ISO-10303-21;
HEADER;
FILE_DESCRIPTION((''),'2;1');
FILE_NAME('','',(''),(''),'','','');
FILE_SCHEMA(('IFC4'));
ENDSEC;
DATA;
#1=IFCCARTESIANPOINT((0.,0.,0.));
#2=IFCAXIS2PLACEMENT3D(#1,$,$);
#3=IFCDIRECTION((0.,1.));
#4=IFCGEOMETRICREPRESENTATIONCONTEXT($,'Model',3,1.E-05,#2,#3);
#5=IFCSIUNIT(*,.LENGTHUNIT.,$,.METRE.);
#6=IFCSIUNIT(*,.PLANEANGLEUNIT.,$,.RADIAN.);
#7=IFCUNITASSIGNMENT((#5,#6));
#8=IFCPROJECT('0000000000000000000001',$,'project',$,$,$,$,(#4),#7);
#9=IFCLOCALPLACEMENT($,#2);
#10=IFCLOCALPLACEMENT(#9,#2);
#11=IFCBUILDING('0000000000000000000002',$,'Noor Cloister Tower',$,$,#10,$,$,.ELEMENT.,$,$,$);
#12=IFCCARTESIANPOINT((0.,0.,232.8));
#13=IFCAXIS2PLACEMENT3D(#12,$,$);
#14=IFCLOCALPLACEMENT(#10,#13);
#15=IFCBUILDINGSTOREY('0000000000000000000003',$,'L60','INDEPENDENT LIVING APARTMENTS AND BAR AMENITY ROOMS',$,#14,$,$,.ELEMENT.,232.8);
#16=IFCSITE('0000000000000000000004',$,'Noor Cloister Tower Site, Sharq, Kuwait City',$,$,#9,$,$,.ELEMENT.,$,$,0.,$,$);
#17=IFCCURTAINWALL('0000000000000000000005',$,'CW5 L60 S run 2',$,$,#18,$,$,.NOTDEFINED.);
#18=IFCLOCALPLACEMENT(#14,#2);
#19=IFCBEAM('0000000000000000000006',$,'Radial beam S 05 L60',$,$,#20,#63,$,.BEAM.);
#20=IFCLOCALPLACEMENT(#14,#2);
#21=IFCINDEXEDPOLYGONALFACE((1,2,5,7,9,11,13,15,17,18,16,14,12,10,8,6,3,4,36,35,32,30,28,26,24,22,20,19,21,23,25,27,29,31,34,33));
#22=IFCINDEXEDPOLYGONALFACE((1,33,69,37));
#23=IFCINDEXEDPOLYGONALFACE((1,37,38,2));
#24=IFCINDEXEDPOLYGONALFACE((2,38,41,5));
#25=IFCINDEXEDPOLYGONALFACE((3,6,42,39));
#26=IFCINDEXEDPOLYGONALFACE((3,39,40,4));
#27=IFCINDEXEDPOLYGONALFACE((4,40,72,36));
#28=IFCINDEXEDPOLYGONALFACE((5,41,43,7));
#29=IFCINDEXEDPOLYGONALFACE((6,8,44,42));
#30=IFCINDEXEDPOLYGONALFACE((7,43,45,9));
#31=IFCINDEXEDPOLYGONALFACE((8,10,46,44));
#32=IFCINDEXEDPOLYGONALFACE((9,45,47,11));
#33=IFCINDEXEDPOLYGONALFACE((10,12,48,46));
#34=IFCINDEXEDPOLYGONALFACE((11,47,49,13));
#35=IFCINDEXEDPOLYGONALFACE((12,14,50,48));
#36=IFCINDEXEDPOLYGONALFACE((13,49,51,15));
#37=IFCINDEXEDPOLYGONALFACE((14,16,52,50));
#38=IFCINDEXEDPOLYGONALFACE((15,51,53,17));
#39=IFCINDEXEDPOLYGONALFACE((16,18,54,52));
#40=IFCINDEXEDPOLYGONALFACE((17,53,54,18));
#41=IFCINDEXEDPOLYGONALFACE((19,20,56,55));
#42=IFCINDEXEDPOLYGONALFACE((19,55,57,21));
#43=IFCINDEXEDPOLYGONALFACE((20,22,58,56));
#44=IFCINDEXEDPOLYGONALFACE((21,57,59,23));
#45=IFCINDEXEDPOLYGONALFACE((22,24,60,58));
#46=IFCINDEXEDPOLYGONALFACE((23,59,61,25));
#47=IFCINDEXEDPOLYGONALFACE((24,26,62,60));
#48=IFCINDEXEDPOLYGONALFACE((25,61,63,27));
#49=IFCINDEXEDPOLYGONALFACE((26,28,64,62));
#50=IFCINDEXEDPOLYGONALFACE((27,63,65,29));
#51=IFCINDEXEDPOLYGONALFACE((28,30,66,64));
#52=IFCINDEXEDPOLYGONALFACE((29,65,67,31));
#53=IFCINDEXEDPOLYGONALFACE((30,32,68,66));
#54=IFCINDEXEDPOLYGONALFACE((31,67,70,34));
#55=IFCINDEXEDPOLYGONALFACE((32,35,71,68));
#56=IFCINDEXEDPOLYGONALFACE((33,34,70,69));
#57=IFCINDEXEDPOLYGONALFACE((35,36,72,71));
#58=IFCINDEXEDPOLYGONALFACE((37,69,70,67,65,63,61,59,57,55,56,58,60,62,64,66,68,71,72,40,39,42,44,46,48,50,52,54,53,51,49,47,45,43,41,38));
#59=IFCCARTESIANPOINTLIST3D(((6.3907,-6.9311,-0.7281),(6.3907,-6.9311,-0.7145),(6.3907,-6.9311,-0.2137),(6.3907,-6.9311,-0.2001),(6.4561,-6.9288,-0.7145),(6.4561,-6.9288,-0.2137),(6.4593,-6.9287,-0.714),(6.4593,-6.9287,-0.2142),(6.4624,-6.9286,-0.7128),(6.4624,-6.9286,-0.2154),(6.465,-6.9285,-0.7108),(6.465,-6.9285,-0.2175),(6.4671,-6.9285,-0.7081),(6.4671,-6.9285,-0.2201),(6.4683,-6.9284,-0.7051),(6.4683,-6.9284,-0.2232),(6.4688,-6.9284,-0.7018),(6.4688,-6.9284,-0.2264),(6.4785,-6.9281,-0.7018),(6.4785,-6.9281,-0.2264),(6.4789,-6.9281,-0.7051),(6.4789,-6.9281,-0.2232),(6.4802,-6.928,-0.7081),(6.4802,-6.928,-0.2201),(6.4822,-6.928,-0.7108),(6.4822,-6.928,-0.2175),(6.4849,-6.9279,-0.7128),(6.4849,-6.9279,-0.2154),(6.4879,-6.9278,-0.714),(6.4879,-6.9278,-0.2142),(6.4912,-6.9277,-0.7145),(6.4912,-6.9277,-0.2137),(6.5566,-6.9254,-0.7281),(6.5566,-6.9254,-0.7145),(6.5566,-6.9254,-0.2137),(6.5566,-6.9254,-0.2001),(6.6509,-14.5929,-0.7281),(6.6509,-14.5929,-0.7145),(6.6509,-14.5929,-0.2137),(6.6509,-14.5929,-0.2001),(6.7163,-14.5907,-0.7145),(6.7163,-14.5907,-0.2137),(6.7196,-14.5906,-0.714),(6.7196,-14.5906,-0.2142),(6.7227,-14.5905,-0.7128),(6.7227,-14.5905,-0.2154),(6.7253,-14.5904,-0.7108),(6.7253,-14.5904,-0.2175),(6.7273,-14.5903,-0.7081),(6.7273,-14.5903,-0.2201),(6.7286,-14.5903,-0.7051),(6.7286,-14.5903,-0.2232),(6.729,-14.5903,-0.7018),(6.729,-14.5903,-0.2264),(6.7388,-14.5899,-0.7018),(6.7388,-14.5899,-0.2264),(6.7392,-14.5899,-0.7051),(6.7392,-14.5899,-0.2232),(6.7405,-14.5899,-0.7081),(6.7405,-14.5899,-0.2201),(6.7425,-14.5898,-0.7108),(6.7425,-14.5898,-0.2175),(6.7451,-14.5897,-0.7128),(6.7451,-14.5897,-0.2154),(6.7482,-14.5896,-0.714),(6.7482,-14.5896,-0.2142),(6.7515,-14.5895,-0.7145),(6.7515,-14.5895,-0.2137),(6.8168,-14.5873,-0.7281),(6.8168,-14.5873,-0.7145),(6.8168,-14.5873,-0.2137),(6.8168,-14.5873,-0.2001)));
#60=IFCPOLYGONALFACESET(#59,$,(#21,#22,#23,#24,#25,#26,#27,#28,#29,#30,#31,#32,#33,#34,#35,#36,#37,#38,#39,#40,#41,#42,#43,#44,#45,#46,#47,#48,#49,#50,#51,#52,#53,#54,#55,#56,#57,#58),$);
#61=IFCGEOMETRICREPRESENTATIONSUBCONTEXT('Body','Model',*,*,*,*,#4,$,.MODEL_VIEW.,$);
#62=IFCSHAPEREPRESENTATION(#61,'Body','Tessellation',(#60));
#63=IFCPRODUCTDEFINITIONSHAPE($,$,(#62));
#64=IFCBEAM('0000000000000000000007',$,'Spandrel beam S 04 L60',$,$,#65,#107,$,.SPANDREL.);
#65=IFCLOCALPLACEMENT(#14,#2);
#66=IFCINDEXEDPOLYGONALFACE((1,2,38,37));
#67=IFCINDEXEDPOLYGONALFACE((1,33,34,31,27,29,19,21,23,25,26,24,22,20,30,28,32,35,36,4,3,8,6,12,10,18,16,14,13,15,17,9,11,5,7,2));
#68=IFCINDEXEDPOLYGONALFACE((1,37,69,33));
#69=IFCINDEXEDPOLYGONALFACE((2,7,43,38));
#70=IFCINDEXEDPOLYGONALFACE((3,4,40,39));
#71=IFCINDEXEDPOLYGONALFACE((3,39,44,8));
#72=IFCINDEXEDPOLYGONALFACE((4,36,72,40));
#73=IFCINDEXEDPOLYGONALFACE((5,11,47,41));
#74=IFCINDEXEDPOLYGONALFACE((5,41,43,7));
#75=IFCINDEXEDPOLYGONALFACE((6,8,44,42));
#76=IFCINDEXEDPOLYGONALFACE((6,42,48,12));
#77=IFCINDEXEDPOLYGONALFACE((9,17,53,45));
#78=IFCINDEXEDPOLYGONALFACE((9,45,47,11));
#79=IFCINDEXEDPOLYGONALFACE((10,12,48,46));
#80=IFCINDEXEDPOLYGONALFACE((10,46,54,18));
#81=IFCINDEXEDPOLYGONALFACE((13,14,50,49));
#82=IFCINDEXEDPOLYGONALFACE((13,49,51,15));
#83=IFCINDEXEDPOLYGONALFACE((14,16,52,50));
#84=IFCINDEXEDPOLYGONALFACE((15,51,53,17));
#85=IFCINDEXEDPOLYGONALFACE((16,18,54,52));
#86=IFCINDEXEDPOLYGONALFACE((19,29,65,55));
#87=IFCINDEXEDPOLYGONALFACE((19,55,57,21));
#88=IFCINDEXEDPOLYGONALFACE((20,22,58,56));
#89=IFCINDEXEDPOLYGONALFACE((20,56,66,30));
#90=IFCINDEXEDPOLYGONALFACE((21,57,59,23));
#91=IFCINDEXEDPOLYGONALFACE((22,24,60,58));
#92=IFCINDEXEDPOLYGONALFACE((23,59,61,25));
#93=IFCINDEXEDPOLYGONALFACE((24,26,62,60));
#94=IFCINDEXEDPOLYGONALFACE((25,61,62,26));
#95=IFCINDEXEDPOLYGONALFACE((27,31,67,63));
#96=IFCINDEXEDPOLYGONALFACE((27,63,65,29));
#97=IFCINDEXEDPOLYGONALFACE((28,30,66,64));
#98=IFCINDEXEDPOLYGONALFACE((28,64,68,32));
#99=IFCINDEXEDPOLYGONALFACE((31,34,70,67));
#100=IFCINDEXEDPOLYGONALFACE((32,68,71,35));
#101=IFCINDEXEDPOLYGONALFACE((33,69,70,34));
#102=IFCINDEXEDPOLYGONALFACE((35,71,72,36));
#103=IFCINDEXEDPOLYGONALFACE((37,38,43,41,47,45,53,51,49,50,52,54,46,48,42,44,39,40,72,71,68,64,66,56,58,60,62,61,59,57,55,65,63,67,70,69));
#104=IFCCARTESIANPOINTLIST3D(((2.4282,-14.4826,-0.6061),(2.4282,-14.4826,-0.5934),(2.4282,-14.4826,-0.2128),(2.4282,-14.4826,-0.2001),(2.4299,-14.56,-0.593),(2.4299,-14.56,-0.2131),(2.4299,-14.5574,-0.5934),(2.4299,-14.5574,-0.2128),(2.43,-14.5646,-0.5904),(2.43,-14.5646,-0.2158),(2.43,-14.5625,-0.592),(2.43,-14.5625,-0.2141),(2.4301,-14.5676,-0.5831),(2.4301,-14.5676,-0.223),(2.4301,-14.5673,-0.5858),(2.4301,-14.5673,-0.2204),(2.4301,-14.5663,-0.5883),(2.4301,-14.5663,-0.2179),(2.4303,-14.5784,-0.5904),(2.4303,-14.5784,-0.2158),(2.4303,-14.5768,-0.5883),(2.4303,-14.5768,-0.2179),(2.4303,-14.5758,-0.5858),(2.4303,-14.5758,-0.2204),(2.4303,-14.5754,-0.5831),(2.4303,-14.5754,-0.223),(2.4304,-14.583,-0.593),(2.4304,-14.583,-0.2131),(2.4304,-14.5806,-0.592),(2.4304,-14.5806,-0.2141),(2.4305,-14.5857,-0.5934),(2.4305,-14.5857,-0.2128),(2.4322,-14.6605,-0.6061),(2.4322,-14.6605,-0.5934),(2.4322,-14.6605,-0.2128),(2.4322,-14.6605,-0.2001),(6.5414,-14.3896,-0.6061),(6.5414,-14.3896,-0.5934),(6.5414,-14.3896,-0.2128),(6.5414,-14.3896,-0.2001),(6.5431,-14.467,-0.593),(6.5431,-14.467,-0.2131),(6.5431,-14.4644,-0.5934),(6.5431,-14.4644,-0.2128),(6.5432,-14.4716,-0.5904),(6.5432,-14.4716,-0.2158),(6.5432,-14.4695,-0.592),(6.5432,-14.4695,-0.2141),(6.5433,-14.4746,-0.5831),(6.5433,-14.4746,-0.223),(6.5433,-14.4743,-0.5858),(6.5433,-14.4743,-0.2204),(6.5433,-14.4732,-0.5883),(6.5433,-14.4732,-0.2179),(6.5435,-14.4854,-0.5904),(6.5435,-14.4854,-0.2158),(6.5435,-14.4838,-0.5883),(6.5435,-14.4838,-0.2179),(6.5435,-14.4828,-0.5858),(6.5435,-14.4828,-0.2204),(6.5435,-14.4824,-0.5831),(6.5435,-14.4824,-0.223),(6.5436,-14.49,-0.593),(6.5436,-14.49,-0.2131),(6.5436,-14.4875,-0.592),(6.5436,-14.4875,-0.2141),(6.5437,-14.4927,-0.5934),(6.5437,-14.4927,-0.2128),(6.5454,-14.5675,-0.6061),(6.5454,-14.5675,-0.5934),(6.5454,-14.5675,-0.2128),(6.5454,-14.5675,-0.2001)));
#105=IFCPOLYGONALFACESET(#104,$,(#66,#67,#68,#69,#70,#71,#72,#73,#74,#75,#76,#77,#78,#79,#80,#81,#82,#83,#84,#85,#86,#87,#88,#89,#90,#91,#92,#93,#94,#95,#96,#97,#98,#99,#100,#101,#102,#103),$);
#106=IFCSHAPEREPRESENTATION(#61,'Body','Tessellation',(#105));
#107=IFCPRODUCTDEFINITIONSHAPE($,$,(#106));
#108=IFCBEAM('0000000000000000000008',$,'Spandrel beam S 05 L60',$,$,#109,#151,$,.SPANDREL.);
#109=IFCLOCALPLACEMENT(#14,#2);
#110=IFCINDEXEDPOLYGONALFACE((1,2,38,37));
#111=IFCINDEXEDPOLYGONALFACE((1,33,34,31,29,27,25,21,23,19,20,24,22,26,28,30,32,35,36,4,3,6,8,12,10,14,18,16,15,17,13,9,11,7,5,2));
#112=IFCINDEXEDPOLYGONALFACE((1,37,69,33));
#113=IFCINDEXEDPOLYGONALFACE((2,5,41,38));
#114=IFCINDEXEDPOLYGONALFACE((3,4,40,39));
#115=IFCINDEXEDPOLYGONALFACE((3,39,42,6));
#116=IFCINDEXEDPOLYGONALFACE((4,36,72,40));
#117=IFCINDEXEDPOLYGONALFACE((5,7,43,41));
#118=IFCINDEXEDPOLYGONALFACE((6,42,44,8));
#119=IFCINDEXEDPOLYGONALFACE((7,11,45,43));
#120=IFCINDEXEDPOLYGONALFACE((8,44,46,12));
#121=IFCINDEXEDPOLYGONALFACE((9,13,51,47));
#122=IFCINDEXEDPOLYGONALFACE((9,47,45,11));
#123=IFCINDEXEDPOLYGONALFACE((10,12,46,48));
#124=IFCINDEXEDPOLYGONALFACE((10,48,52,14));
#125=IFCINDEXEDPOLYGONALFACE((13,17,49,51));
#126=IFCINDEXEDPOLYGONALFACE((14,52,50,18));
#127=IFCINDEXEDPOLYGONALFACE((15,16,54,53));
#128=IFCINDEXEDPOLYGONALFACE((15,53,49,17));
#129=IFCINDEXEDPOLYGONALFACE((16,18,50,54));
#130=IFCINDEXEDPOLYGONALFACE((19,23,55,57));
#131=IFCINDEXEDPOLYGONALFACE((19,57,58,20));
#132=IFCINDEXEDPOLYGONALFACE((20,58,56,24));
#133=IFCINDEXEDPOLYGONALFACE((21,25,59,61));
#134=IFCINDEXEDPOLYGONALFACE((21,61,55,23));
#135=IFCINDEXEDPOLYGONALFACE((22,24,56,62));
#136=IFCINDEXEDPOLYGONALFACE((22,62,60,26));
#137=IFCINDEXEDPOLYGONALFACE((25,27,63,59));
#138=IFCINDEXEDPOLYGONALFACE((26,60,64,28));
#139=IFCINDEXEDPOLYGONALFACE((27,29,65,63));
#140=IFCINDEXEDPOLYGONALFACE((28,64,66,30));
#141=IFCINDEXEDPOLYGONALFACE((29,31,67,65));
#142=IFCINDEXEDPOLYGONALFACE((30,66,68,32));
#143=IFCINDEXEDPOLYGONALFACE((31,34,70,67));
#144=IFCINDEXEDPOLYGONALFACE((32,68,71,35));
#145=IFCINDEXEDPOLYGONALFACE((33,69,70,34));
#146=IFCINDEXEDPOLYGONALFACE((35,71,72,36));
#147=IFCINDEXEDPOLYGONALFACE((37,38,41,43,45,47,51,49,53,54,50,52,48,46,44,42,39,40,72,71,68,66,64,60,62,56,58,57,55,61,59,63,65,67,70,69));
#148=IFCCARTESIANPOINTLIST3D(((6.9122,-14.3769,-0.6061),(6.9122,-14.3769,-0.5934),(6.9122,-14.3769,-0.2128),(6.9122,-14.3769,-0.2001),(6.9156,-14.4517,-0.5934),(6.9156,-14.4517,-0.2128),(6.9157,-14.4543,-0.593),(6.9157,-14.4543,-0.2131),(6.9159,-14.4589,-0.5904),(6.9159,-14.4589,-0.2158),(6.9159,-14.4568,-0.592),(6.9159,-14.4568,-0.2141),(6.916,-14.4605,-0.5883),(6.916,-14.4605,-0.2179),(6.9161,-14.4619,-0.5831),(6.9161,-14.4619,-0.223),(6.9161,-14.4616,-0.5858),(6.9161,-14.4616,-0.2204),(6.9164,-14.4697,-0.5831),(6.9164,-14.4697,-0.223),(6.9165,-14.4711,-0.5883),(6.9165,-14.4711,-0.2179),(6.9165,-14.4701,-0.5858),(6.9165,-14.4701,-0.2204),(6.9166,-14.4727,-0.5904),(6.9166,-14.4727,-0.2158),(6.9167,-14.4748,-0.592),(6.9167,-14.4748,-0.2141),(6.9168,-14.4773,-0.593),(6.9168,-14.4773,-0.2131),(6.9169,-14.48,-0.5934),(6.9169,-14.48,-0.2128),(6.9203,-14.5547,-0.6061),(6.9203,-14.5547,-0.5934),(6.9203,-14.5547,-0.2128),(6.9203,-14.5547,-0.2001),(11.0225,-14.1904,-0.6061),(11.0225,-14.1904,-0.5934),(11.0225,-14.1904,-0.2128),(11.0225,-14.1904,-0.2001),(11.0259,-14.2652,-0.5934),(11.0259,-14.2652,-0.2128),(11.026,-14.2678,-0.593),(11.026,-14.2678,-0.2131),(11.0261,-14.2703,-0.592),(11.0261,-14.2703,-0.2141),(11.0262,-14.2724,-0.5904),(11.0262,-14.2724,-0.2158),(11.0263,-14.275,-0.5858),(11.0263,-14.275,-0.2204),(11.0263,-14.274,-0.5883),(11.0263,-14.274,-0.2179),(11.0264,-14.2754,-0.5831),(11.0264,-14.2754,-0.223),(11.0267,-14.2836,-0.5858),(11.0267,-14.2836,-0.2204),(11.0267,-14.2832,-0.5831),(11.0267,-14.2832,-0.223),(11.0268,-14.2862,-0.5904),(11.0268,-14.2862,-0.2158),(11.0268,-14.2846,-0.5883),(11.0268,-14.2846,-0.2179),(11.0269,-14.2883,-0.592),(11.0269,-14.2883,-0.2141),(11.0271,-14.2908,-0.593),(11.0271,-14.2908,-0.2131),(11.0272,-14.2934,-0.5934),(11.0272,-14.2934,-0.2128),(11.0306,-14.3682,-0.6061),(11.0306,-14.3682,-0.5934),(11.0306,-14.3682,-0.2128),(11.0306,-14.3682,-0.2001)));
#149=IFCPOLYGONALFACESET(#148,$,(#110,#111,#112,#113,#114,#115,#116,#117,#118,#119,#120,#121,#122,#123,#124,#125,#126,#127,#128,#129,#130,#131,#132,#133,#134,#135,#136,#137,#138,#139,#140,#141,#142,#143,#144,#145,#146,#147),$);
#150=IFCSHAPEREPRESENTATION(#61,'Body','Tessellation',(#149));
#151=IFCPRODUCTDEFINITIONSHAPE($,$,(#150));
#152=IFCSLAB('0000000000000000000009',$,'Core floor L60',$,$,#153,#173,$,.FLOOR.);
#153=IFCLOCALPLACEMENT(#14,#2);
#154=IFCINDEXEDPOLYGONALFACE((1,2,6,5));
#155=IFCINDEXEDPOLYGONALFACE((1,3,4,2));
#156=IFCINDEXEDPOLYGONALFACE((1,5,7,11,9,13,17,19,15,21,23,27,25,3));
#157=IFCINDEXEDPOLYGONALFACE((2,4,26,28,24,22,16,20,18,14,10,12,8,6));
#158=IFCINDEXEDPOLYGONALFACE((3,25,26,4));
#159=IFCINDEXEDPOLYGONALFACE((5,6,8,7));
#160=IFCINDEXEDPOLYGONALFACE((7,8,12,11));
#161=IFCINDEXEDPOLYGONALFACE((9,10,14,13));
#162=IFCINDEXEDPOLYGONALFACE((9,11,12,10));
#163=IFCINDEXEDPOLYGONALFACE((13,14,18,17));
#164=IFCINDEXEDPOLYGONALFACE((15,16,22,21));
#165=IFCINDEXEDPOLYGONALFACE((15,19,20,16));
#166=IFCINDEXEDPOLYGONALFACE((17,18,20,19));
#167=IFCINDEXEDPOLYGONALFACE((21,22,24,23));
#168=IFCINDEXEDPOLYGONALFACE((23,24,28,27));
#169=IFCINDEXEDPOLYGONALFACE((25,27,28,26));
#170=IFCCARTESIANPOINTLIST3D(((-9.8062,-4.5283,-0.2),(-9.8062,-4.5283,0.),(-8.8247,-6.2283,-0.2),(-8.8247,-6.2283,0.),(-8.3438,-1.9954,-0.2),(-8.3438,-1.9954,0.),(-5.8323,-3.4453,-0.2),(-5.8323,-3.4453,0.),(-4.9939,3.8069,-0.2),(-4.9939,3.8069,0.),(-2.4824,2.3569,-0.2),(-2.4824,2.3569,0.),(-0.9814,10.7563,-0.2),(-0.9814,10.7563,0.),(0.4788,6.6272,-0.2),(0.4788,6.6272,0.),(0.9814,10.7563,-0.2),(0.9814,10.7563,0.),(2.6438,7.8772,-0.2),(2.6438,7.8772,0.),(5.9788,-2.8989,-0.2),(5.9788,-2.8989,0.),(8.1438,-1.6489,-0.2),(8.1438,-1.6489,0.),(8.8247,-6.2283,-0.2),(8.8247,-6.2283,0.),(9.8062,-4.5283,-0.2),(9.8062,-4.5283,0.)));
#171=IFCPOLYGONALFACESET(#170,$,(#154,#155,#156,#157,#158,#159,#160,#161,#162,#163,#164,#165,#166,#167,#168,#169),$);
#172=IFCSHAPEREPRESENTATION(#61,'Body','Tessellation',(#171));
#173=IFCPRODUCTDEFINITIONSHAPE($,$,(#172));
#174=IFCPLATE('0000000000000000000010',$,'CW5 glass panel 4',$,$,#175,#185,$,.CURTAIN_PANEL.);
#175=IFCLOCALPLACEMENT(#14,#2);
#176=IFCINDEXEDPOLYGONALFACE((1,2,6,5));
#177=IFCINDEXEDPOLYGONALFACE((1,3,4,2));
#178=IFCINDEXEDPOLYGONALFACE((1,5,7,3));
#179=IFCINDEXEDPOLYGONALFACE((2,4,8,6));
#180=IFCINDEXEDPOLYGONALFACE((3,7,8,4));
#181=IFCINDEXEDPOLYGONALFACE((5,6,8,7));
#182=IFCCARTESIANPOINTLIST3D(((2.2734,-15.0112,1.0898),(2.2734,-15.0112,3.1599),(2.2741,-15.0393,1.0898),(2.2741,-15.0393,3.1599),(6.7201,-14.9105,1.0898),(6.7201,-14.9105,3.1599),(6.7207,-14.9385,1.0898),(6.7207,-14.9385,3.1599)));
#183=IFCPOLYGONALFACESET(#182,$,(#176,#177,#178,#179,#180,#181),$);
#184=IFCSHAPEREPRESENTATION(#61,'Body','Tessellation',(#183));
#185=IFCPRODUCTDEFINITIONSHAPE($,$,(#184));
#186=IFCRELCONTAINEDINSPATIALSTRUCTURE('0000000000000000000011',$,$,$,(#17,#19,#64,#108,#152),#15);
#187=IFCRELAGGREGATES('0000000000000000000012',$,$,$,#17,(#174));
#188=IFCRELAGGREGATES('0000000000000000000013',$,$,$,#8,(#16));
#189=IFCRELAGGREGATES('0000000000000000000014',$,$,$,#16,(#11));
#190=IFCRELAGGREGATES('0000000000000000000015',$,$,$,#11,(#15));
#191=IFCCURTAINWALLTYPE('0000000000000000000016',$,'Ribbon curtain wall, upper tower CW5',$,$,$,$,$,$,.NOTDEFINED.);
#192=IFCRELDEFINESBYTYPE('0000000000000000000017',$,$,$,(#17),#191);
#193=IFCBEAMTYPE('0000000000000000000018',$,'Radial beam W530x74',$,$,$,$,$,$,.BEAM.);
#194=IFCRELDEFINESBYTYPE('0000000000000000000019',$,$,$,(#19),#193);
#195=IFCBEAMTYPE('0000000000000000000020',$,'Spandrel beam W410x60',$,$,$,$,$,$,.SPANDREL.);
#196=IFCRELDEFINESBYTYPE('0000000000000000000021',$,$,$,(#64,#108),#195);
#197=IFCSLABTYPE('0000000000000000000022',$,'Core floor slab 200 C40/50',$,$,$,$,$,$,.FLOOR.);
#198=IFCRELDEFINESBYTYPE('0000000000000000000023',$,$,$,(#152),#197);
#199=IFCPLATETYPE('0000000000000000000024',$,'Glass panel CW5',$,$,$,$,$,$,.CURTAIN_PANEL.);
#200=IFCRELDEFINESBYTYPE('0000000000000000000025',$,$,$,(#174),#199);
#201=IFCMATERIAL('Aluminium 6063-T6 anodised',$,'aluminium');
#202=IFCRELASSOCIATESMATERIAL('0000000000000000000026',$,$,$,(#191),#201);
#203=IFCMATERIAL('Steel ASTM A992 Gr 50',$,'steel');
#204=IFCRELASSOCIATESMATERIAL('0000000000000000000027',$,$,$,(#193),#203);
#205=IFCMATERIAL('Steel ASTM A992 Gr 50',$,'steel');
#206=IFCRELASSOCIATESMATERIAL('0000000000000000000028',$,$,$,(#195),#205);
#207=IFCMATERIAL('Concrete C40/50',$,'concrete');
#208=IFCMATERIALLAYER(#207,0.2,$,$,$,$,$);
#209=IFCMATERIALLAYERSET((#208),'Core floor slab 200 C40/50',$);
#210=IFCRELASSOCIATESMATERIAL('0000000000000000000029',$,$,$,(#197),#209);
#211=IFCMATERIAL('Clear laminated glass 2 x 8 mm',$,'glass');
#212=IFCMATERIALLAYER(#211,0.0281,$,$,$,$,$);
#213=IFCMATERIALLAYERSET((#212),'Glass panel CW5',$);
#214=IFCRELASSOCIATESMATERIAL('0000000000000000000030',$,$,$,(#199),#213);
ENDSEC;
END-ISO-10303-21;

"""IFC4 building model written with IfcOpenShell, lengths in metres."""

from ifc_helpers import new_model, si_unit, direction, frame, origin, origin_2d, place, context, subcontext, project, spatial, polyline, rectangle, i_section, outline, extrude, material, layer, layer_set, material_profile, profile_set, type_object, element, aggregate, save


model = new_model("IFC4")

# Units and contexts
model_context = context("Model", 3, precision=1e-05, world=origin(), true_north=direction((0.0, 1.0)))
body_context = subcontext(model_context, "Body", "Model", "MODEL_VIEW")
ifc_project = project(units=[si_unit("LENGTHUNIT", "METRE"), si_unit("PLANEANGLEUNIT", "RADIAN")], contexts=[model_context])

# Site, building, storey
site_placement = place(None, origin())
site = spatial("IfcSite", under=ifc_project, at=site_placement, Name="Noor Cloister Tower Site, Sharq, Kuwait City", CompositionType="ELEMENT", RefElevation=0.0)
building_placement = place(site_placement, origin())
building = spatial("IfcBuilding", under=site, at=building_placement, Name="Noor Cloister Tower", CompositionType="ELEMENT")
storey_placement = place(building_placement, frame((0.0, 0.0, 232.8)))
storey = spatial("IfcBuildingStorey", under=building, at=storey_placement, Name="L60", Description="INDEPENDENT LIVING APARTMENTS AND BAR AMENITY ROOMS", CompositionType="ELEMENT", Elevation=232.8)

# Curtain wall
ifc_material_1 = material(Name="Aluminium 6063-T6 anodised", Category="aluminium")
curtain_wall_type = type_object("IfcCurtainWallType", Name="Ribbon curtain wall, upper tower CW5", PredefinedType="NOTDEFINED", material=ifc_material_1)
curtain_wall_placement = place(storey_placement, origin())
curtain_wall = element("IfcCurtainWall", 1, at=curtain_wall_placement, inside=storey, type_object=curtain_wall_type, Name="CW5 L60 S run 2", PredefinedType="NOTDEFINED")

# Beams
ifc_material_2 = material(Name="Steel ASTM A992 Gr 50", Category="steel")
ifc_material_profile_1 = material_profile(ifc_material_2, i_section(OverallWidth=0.166, OverallDepth=0.5281, WebThickness=0.0098, FlangeThickness=0.0137, FilletRadius=0.0127, at=origin_2d()), Name="W530x74")
ifc_profile_set_1 = profile_set([ifc_material_profile_1], Name="Steel ASTM A992 Gr 50")
beam_type_1 = type_object("IfcBeamType", Name="Radial beam W530x74", PredefinedType="BEAM", material=ifc_profile_set_1)
beam_1_placement = place(storey_placement, frame((6.7339, -14.5901, -0.4641), z_axis=(-0.033948, 0.999424, 0.0), x_axis=(-0.999424, -0.033948, 0.0)))
element("IfcBeam", 2, at=beam_1_placement, inside=storey, type_object=beam_type_1, Name="Radial beam S 05 L60", PredefinedType="BEAM", context=body_context, shape_type="SweptSolid", body=[
    extrude(i_section(OverallWidth=0.166, OverallDepth=0.5281, WebThickness=0.0098, FlangeThickness=0.0137, FilletRadius=0.0127, at=origin_2d()), origin(), (0.0, 0.0, 1.0), 7.6663),
])
ifc_material_3 = material(Name="Steel ASTM A992 Gr 50", Category="steel")
ifc_material_profile_2 = material_profile(ifc_material_3, i_section(OverallWidth=0.178, OverallDepth=0.406, WebThickness=0.0078, FlangeThickness=0.0127, FilletRadius=0.0103, at=origin_2d()), Name="W410x60")
ifc_profile_set_2 = profile_set([ifc_material_profile_2], Name="Steel ASTM A992 Gr 50")
beam_type_2 = type_object("IfcBeamType", Name="Spandrel beam W410x60", PredefinedType="SPANDREL", material=ifc_profile_set_2)
beam_2_placement = place(storey_placement, frame((2.4302, -14.5715, -0.4031), z_axis=(0.999744, 0.022608, 0.0), x_axis=(-0.022608, 0.999744, 0.0)))
element("IfcBeam", 3, at=beam_2_placement, inside=storey, type_object=beam_type_2, Name="Spandrel beam S 04 L60", PredefinedType="SPANDREL", context=body_context, shape_type="SweptSolid", body=[
    extrude(i_section(OverallWidth=0.178, OverallDepth=0.406, WebThickness=0.0078, FlangeThickness=0.0127, FilletRadius=0.0103, at=origin_2d()), origin(), (0.0, 0.0, 1.0), 4.1143),
])
beam_3_placement = place(storey_placement, frame((6.9163, -14.4658, -0.4031), z_axis=(0.998972, 0.045332, 0.0), x_axis=(-0.045332, 0.998972, 0.0)))
element("IfcBeam", 4, at=beam_3_placement, inside=storey, type_object=beam_type_2, Name="Spandrel beam S 05 L60", PredefinedType="SPANDREL", context=body_context, shape_type="SweptSolid", body=[
    extrude(i_section(OverallWidth=0.178, OverallDepth=0.406, WebThickness=0.0078, FlangeThickness=0.0127, FilletRadius=0.0103, at=origin_2d()), origin(), (0.0, 0.0, 1.0), 4.1145),
])

# Slab
ifc_material_4 = material(Name="Concrete C40/50", Category="concrete")
ifc_layer_1 = layer(ifc_material_4, 0.2)
ifc_layer_set_1 = layer_set([ifc_layer_1], Name="Core floor slab 200 C40/50")
slab_type_1 = type_object("IfcSlabType", Name="Core floor slab 200 C40/50", PredefinedType="FLOOR", material=ifc_layer_set_1)
slab_1_placement = place(storey_placement, frame((0.0, 0.0, -0.2)))
element("IfcSlab", 5, at=slab_1_placement, inside=storey, type_object=slab_type_1, Name="Core floor L60", PredefinedType="FLOOR", context=body_context, shape_type="SweptSolid", body=[
    extrude(outline(polyline([(2.6438, 7.8772), (0.9814, 10.7563), (-0.9814, 10.7563), (-4.9939, 3.8069), (-2.4824, 2.3569), (-5.8323, -3.4453), (-8.3438, -1.9954), (-9.8062, -4.5283), (-8.8247, -6.2283), (8.8247, -6.2283), (9.8062, -4.5283), (8.1438, -1.6489), (5.9788, -2.8989), (0.4788, 6.6272), (2.6438, 7.8772)])), origin(), (0.0, 0.0, 1.0), 0.2),
])

# Plate
ifc_material_5 = material(Name="Clear laminated glass 2 x 8 mm", Category="glass")
ifc_layer_2 = layer(ifc_material_5, 0.0281)
ifc_layer_set_2 = layer_set([ifc_layer_2], Name="Glass panel CW5")
plate_type = type_object("IfcPlateType", Name="Glass panel CW5", PredefinedType="CURTAIN_PANEL", material=ifc_layer_set_2)
plate_placement = place(storey_placement, frame((4.4971, -14.9749, 1.0898), z_axis=(0.0, 0.0, 1.0), x_axis=(0.999743, 0.022649, 0.0)))
plate = element("IfcPlate", 6, at=plate_placement, type_object=plate_type, Name="CW5 glass panel 4", PredefinedType="CURTAIN_PANEL", context=body_context, shape_type="SweptSolid", body=[
    extrude(rectangle(XDim=4.4478, YDim=0.0281, at=origin_2d()), origin(), (0.0, 0.0, 1.0), 2.0701),
])
aggregate(curtain_wall, [plate])

save(model, "model.ifc")
